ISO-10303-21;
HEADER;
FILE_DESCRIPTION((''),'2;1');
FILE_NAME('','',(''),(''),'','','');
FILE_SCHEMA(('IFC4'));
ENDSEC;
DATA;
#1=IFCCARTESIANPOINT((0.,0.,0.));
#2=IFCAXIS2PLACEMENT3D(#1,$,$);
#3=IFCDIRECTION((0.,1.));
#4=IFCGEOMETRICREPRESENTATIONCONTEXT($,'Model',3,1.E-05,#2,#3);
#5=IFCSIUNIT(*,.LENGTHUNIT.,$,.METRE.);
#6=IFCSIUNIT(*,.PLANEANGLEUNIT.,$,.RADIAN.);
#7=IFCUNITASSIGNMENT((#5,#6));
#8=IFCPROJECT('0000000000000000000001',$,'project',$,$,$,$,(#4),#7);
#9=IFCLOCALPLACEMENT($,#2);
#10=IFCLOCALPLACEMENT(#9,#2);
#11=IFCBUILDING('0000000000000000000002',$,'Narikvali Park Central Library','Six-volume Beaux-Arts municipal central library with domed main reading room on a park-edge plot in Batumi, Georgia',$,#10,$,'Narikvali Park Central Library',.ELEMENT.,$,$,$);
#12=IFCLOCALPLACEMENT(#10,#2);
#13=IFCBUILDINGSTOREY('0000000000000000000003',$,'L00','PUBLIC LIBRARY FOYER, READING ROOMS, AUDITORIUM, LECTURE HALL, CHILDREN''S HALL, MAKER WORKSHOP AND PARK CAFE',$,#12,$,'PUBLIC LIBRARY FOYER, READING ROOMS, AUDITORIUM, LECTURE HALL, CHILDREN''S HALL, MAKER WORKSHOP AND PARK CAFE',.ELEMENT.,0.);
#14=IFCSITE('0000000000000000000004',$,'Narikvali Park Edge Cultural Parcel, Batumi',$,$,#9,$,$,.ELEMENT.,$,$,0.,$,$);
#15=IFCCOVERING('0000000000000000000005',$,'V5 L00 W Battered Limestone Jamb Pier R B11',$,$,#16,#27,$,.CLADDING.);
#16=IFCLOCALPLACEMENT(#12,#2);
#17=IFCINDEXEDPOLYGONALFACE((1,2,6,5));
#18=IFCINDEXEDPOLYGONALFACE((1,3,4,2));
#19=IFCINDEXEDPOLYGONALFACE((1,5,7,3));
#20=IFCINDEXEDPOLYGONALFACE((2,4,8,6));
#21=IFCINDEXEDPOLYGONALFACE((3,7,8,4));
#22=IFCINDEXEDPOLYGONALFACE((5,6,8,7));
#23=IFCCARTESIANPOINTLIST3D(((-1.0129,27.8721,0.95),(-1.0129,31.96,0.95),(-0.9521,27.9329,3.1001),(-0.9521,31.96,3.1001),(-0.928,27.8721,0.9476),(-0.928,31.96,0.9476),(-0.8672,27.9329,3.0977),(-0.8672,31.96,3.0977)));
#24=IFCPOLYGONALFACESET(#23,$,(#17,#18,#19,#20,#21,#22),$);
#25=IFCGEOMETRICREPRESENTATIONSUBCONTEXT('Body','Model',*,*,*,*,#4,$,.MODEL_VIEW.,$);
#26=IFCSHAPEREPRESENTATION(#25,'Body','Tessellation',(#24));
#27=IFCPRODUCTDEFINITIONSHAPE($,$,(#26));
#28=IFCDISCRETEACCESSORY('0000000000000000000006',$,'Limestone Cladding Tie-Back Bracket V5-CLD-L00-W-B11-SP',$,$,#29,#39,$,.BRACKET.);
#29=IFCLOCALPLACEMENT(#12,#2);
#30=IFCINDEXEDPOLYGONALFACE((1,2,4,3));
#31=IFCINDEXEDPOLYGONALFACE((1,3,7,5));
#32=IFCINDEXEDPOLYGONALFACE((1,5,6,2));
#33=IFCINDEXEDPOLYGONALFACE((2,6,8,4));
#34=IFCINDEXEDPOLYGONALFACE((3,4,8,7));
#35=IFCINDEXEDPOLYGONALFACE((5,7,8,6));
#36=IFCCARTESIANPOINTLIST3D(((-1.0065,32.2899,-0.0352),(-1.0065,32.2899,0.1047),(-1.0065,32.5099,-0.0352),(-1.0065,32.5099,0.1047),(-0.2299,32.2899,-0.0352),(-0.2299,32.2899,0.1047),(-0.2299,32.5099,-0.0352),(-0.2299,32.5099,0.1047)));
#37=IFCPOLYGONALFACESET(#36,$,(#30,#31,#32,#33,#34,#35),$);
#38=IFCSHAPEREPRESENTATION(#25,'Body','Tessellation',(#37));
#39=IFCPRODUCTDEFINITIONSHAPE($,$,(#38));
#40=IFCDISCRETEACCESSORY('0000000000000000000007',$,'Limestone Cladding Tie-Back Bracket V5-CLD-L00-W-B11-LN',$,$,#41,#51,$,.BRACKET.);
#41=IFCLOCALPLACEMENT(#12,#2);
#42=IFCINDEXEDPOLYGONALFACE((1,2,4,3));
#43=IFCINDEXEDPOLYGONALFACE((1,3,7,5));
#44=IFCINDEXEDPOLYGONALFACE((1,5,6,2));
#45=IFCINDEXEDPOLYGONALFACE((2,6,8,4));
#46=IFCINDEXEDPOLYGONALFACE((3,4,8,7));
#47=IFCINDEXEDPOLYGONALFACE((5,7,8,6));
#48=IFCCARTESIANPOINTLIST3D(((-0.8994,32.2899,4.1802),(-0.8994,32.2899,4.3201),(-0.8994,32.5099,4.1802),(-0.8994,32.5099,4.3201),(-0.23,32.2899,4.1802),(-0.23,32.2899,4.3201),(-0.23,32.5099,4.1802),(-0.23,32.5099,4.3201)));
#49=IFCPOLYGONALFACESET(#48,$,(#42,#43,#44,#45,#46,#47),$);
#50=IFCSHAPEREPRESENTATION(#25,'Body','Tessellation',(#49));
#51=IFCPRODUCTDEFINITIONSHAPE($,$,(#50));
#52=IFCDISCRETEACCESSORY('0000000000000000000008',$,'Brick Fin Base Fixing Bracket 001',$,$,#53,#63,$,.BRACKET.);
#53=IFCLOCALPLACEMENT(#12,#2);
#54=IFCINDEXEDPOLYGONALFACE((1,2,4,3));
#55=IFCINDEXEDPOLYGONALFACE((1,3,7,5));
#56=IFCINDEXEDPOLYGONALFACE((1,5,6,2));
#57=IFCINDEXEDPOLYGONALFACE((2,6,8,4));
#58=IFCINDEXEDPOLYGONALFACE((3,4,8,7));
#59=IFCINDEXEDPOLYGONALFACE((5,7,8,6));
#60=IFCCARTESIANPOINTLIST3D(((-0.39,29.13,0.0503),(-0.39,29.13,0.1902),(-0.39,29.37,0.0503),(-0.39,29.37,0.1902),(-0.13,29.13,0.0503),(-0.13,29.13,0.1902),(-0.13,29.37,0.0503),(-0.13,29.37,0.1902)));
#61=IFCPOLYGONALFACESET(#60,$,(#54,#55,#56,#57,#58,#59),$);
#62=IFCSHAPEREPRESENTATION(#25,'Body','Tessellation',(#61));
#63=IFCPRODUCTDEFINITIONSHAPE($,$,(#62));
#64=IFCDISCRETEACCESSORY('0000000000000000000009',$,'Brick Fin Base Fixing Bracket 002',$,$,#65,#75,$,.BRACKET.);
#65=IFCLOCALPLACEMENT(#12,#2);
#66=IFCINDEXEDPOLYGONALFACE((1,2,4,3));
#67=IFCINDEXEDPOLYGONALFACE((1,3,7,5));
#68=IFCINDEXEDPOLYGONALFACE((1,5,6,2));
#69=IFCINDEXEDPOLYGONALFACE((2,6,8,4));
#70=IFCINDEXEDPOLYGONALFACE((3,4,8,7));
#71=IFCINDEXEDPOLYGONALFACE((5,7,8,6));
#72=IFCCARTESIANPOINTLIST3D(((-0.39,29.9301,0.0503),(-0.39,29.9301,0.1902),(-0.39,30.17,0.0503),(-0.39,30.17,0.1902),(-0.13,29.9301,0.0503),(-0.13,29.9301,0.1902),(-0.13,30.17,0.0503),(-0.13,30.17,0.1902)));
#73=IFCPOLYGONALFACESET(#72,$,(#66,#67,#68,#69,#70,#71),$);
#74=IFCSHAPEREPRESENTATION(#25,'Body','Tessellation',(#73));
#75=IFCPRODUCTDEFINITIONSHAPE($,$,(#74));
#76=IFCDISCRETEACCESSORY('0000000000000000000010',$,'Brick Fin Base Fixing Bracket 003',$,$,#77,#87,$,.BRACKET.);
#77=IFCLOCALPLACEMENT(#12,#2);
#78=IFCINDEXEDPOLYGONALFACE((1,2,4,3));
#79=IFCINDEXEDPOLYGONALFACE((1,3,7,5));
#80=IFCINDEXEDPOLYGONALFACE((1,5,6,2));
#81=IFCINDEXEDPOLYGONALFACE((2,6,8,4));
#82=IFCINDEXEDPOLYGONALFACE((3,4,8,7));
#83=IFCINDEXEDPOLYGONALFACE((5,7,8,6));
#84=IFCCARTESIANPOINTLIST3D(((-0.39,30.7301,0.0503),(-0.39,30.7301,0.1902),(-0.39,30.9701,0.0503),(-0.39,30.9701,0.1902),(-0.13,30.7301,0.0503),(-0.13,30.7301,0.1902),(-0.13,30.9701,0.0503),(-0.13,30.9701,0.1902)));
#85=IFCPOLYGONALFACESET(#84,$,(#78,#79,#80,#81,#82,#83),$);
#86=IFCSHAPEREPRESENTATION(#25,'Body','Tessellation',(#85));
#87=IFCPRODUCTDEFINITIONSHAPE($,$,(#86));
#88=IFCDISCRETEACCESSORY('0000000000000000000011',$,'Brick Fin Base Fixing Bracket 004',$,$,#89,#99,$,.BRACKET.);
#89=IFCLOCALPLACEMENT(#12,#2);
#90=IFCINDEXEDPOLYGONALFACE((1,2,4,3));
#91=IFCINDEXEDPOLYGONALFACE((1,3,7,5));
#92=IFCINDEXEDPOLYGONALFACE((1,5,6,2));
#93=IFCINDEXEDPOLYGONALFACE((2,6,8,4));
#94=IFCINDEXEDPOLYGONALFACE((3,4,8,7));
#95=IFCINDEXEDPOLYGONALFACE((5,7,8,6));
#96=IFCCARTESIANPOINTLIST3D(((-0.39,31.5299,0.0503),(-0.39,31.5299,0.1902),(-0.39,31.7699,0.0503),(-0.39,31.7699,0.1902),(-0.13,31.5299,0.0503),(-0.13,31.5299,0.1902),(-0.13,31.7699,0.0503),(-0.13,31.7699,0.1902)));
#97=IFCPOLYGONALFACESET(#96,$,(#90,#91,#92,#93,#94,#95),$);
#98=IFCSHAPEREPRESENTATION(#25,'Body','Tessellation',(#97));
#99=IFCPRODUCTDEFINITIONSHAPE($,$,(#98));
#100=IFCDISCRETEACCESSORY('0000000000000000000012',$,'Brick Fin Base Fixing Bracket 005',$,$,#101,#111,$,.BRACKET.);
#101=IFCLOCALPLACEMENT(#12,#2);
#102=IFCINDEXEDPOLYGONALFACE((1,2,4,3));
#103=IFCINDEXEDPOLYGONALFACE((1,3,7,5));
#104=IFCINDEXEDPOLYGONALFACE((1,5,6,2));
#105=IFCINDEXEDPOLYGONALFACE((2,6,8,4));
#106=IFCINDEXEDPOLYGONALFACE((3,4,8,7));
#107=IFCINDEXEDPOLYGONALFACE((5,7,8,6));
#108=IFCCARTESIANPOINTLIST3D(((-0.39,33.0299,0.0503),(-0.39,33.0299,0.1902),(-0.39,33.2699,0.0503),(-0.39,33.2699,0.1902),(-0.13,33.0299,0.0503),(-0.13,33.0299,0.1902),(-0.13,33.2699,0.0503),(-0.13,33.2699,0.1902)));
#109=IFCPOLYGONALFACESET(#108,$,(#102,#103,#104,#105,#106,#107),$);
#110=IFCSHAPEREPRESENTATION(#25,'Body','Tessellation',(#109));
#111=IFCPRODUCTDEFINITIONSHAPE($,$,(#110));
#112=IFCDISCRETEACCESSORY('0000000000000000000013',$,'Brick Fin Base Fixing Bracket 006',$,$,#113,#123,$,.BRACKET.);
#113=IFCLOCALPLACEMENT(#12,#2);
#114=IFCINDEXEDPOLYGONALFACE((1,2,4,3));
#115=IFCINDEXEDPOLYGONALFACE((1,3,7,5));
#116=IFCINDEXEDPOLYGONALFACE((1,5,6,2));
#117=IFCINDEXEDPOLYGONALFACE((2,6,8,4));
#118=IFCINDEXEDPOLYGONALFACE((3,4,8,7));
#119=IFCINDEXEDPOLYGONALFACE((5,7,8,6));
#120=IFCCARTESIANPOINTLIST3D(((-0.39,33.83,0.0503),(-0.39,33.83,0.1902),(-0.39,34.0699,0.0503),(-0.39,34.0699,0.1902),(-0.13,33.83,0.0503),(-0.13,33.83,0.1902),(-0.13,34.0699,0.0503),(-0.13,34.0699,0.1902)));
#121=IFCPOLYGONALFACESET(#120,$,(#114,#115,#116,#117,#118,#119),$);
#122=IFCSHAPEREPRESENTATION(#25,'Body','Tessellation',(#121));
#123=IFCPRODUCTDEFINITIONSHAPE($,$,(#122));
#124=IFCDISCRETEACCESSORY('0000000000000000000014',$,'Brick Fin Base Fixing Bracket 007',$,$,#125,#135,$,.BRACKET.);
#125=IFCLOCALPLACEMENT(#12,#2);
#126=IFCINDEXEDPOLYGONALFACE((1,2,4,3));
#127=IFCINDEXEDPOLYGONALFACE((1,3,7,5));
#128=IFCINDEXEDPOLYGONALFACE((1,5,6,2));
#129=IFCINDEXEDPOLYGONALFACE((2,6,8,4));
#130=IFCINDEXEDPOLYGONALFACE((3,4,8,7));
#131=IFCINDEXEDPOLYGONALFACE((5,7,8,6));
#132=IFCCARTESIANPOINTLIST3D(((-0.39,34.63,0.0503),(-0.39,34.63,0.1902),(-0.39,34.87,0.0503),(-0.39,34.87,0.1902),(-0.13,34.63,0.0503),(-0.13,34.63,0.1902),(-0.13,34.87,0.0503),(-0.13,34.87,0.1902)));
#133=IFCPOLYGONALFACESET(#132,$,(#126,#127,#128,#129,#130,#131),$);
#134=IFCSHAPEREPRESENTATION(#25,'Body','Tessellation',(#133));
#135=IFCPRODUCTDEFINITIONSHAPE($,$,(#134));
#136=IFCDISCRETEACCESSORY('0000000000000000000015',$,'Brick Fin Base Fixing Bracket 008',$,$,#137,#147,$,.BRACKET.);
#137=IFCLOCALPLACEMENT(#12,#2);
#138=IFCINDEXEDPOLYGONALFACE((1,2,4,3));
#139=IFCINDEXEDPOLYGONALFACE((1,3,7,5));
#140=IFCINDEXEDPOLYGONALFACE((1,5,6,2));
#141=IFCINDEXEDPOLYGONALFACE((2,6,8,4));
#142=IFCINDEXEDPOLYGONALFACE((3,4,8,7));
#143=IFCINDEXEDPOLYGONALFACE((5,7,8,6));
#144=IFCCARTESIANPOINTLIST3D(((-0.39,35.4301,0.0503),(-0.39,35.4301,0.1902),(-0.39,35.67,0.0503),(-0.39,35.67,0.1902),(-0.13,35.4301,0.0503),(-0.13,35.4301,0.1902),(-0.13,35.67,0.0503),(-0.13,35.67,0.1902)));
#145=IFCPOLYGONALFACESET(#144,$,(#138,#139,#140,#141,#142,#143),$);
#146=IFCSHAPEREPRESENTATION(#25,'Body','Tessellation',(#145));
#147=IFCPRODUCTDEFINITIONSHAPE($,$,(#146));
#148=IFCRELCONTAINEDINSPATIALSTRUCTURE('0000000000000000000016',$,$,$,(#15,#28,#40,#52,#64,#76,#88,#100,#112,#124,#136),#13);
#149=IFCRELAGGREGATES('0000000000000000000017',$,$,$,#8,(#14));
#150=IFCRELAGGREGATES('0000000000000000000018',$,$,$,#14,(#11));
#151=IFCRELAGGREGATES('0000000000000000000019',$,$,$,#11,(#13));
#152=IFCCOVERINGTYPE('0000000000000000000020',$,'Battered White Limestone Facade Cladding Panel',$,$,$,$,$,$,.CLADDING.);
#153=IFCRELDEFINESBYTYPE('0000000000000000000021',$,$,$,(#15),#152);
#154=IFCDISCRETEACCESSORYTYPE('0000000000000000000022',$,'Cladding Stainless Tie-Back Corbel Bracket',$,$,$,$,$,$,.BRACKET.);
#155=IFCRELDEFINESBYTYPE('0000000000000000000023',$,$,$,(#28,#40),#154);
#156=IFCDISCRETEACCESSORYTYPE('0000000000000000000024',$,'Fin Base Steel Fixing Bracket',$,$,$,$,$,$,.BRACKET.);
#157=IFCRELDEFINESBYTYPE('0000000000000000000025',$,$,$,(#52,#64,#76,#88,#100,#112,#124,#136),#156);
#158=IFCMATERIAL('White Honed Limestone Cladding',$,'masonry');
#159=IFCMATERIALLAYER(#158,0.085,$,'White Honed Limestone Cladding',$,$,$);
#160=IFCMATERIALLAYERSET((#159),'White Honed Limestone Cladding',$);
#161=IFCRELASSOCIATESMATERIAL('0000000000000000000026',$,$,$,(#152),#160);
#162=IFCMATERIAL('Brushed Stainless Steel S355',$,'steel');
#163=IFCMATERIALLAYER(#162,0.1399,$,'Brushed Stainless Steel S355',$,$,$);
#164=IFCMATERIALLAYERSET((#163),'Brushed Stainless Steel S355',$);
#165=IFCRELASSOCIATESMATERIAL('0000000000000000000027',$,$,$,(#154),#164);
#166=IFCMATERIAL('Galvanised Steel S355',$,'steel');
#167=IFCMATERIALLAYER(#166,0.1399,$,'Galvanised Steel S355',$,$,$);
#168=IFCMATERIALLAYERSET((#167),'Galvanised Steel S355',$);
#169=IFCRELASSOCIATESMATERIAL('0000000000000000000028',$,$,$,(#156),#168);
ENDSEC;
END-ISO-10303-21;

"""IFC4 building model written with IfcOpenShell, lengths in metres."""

from ifc_helpers import new_model, si_unit, direction, frame, origin, origin_2d, place, context, subcontext, project, spatial, polyline, rectangle, outline, extrude, material, layer, layer_set, type_object, element, save


model = new_model("IFC4")

# Units and contexts
model_context = context("Model", 3, precision=1e-05, world=origin(), true_north=direction((0.0, 1.0)))
body_context = subcontext(model_context, "Body", "Model", "MODEL_VIEW")
ifc_project = project(units=[si_unit("LENGTHUNIT", "METRE"), si_unit("PLANEANGLEUNIT", "RADIAN")], contexts=[model_context])

# Site, building, storey
site_placement = place(None, origin())
site = spatial("IfcSite", under=ifc_project, at=site_placement, Name="Narikvali Park Edge Cultural Parcel, Batumi", CompositionType="ELEMENT", RefElevation=0.0)
building_placement = place(site_placement, origin())
building = spatial("IfcBuilding", under=site, at=building_placement, Name="Narikvali Park Central Library", Description="Six-volume Beaux-Arts municipal central library with domed main reading room on a park-edge plot in Batumi, Georgia", LongName="Narikvali Park Central Library", CompositionType="ELEMENT")
storey_placement = place(building_placement, origin())
storey = spatial("IfcBuildingStorey", under=building, at=storey_placement, Name="L00", Description="PUBLIC LIBRARY FOYER, READING ROOMS, AUDITORIUM, LECTURE HALL, CHILDREN'S HALL, MAKER WORKSHOP AND PARK CAFE", LongName="PUBLIC LIBRARY FOYER, READING ROOMS, AUDITORIUM, LECTURE HALL, CHILDREN'S HALL, MAKER WORKSHOP AND PARK CAFE", CompositionType="ELEMENT", Elevation=0.0)

# Covering
ifc_material_1 = material(Name="White Honed Limestone Cladding", Category="masonry")
ifc_layer_1 = layer(ifc_material_1, 0.085, Name="White Honed Limestone Cladding")
ifc_layer_set_1 = layer_set([ifc_layer_1], Name="White Honed Limestone Cladding")
covering_type = type_object("IfcCoveringType", Name="Battered White Limestone Facade Cladding Panel", PredefinedType="CLADDING", material=ifc_layer_set_1)
covering_1_placement = place(storey_placement, frame((-1.0129, 31.96, 0.95), z_axis=(-0.999601, 0.0, 0.028262), x_axis=(0.0, -1.0, 0.0)))
element("IfcCovering", 1, at=covering_1_placement, inside=storey, type_object=covering_type, Name="V5 L00 W Battered Limestone Jamb Pier R B11", PredefinedType="CLADDING", context=body_context, shape_type="SweptSolid", body=[
    extrude(outline(polyline([(0.0, 0.0), (4.0879, 0.0), (4.0271, 2.151), (0.0, 2.151), (0.0, 0.0)])), origin(), (0.0, 0.0, -1.0), 0.085),
])

# Discrete accessories
ifc_material_2 = material(Name="Brushed Stainless Steel S355", Category="steel")
ifc_layer_2 = layer(ifc_material_2, 0.1399, Name="Brushed Stainless Steel S355")
ifc_layer_set_2 = layer_set([ifc_layer_2], Name="Brushed Stainless Steel S355")
discrete_accessory_type_1 = type_object("IfcDiscreteAccessoryType", Name="Cladding Stainless Tie-Back Corbel Bracket", PredefinedType="BRACKET", material=ifc_layer_set_2)
discrete_accessory_1_placement = place(storey_placement, frame((-0.6182, 32.3999, -0.0352), z_axis=(0.0, 0.0, 1.0), x_axis=(1.0, 0.0, 0.0)))
element("IfcDiscreteAccessory", 2, at=discrete_accessory_1_placement, inside=storey, type_object=discrete_accessory_type_1, Name="Limestone Cladding Tie-Back Bracket V5-CLD-L00-W-B11-SP", PredefinedType="BRACKET", context=body_context, shape_type="SweptSolid", body=[
    extrude(rectangle(XDim=0.7766, YDim=0.22, at=origin_2d()), origin(), (0.0, 0.0, 1.0), 0.1399),
])
discrete_accessory_2_placement = place(storey_placement, frame((-0.5647, 32.3999, 4.1802), z_axis=(0.0, 0.0, 1.0), x_axis=(1.0, 0.0, 0.0)))
element("IfcDiscreteAccessory", 3, at=discrete_accessory_2_placement, inside=storey, type_object=discrete_accessory_type_1, Name="Limestone Cladding Tie-Back Bracket V5-CLD-L00-W-B11-LN", PredefinedType="BRACKET", context=body_context, shape_type="SweptSolid", body=[
    extrude(rectangle(XDim=0.6694, YDim=0.22, at=origin_2d()), origin(), (0.0, 0.0, 1.0), 0.1399),
])
ifc_material_3 = material(Name="Galvanised Steel S355", Category="steel")
ifc_layer_3 = layer(ifc_material_3, 0.1399, Name="Galvanised Steel S355")
ifc_layer_set_3 = layer_set([ifc_layer_3], Name="Galvanised Steel S355")
discrete_accessory_type_2 = type_object("IfcDiscreteAccessoryType", Name="Fin Base Steel Fixing Bracket", PredefinedType="BRACKET", material=ifc_layer_set_3)
for number, where, z_axis, x_axis, name in (
    (4, (-0.26, 29.25, 0.0503), (0.0, 0.0, 1.0), (1.0, 0.0, 0.0), "Brick Fin Base Fixing Bracket 001"),
    (5, (-0.26, 30.05, 0.0503), (0.0, 0.0, 1.0), (1.0, 0.0, 0.0), "Brick Fin Base Fixing Bracket 002"),
    (6, (-0.26, 30.8501, 0.0503), (0.0, 0.0, 1.0), (1.0, 0.0, 0.0), "Brick Fin Base Fixing Bracket 003"),
    (7, (-0.26, 31.6499, 0.0503), (0.0, 0.0, 1.0), (1.0, 0.0, 0.0), "Brick Fin Base Fixing Bracket 004"),
    (8, (-0.26, 33.1499, 0.0503), (0.0, 0.0, 1.0), (1.0, 0.0, 0.0), "Brick Fin Base Fixing Bracket 005"),
    (9, (-0.26, 33.95, 0.0503), (0.0, 0.0, 1.0), (1.0, 0.0, 0.0), "Brick Fin Base Fixing Bracket 006"),
    (10, (-0.26, 34.75, 0.0503), (0.0, 0.0, 1.0), (1.0, 0.0, 0.0), "Brick Fin Base Fixing Bracket 007"),
    (11, (-0.26, 35.55, 0.0503), (0.0, 0.0, 1.0), (1.0, 0.0, 0.0), "Brick Fin Base Fixing Bracket 008"),
):
    element("IfcDiscreteAccessory", number, at=place(storey_placement, frame(where, z_axis=z_axis, x_axis=x_axis)), inside=storey, type_object=discrete_accessory_type_2, Name=name, PredefinedType="BRACKET", context=body_context, shape_type="SweptSolid", body=[
        extrude(rectangle(XDim=0.26, YDim=0.24, at=origin_2d()), origin(), (0.0, 0.0, 1.0), 0.1399),
    ])

save(model, "model.ifc")
